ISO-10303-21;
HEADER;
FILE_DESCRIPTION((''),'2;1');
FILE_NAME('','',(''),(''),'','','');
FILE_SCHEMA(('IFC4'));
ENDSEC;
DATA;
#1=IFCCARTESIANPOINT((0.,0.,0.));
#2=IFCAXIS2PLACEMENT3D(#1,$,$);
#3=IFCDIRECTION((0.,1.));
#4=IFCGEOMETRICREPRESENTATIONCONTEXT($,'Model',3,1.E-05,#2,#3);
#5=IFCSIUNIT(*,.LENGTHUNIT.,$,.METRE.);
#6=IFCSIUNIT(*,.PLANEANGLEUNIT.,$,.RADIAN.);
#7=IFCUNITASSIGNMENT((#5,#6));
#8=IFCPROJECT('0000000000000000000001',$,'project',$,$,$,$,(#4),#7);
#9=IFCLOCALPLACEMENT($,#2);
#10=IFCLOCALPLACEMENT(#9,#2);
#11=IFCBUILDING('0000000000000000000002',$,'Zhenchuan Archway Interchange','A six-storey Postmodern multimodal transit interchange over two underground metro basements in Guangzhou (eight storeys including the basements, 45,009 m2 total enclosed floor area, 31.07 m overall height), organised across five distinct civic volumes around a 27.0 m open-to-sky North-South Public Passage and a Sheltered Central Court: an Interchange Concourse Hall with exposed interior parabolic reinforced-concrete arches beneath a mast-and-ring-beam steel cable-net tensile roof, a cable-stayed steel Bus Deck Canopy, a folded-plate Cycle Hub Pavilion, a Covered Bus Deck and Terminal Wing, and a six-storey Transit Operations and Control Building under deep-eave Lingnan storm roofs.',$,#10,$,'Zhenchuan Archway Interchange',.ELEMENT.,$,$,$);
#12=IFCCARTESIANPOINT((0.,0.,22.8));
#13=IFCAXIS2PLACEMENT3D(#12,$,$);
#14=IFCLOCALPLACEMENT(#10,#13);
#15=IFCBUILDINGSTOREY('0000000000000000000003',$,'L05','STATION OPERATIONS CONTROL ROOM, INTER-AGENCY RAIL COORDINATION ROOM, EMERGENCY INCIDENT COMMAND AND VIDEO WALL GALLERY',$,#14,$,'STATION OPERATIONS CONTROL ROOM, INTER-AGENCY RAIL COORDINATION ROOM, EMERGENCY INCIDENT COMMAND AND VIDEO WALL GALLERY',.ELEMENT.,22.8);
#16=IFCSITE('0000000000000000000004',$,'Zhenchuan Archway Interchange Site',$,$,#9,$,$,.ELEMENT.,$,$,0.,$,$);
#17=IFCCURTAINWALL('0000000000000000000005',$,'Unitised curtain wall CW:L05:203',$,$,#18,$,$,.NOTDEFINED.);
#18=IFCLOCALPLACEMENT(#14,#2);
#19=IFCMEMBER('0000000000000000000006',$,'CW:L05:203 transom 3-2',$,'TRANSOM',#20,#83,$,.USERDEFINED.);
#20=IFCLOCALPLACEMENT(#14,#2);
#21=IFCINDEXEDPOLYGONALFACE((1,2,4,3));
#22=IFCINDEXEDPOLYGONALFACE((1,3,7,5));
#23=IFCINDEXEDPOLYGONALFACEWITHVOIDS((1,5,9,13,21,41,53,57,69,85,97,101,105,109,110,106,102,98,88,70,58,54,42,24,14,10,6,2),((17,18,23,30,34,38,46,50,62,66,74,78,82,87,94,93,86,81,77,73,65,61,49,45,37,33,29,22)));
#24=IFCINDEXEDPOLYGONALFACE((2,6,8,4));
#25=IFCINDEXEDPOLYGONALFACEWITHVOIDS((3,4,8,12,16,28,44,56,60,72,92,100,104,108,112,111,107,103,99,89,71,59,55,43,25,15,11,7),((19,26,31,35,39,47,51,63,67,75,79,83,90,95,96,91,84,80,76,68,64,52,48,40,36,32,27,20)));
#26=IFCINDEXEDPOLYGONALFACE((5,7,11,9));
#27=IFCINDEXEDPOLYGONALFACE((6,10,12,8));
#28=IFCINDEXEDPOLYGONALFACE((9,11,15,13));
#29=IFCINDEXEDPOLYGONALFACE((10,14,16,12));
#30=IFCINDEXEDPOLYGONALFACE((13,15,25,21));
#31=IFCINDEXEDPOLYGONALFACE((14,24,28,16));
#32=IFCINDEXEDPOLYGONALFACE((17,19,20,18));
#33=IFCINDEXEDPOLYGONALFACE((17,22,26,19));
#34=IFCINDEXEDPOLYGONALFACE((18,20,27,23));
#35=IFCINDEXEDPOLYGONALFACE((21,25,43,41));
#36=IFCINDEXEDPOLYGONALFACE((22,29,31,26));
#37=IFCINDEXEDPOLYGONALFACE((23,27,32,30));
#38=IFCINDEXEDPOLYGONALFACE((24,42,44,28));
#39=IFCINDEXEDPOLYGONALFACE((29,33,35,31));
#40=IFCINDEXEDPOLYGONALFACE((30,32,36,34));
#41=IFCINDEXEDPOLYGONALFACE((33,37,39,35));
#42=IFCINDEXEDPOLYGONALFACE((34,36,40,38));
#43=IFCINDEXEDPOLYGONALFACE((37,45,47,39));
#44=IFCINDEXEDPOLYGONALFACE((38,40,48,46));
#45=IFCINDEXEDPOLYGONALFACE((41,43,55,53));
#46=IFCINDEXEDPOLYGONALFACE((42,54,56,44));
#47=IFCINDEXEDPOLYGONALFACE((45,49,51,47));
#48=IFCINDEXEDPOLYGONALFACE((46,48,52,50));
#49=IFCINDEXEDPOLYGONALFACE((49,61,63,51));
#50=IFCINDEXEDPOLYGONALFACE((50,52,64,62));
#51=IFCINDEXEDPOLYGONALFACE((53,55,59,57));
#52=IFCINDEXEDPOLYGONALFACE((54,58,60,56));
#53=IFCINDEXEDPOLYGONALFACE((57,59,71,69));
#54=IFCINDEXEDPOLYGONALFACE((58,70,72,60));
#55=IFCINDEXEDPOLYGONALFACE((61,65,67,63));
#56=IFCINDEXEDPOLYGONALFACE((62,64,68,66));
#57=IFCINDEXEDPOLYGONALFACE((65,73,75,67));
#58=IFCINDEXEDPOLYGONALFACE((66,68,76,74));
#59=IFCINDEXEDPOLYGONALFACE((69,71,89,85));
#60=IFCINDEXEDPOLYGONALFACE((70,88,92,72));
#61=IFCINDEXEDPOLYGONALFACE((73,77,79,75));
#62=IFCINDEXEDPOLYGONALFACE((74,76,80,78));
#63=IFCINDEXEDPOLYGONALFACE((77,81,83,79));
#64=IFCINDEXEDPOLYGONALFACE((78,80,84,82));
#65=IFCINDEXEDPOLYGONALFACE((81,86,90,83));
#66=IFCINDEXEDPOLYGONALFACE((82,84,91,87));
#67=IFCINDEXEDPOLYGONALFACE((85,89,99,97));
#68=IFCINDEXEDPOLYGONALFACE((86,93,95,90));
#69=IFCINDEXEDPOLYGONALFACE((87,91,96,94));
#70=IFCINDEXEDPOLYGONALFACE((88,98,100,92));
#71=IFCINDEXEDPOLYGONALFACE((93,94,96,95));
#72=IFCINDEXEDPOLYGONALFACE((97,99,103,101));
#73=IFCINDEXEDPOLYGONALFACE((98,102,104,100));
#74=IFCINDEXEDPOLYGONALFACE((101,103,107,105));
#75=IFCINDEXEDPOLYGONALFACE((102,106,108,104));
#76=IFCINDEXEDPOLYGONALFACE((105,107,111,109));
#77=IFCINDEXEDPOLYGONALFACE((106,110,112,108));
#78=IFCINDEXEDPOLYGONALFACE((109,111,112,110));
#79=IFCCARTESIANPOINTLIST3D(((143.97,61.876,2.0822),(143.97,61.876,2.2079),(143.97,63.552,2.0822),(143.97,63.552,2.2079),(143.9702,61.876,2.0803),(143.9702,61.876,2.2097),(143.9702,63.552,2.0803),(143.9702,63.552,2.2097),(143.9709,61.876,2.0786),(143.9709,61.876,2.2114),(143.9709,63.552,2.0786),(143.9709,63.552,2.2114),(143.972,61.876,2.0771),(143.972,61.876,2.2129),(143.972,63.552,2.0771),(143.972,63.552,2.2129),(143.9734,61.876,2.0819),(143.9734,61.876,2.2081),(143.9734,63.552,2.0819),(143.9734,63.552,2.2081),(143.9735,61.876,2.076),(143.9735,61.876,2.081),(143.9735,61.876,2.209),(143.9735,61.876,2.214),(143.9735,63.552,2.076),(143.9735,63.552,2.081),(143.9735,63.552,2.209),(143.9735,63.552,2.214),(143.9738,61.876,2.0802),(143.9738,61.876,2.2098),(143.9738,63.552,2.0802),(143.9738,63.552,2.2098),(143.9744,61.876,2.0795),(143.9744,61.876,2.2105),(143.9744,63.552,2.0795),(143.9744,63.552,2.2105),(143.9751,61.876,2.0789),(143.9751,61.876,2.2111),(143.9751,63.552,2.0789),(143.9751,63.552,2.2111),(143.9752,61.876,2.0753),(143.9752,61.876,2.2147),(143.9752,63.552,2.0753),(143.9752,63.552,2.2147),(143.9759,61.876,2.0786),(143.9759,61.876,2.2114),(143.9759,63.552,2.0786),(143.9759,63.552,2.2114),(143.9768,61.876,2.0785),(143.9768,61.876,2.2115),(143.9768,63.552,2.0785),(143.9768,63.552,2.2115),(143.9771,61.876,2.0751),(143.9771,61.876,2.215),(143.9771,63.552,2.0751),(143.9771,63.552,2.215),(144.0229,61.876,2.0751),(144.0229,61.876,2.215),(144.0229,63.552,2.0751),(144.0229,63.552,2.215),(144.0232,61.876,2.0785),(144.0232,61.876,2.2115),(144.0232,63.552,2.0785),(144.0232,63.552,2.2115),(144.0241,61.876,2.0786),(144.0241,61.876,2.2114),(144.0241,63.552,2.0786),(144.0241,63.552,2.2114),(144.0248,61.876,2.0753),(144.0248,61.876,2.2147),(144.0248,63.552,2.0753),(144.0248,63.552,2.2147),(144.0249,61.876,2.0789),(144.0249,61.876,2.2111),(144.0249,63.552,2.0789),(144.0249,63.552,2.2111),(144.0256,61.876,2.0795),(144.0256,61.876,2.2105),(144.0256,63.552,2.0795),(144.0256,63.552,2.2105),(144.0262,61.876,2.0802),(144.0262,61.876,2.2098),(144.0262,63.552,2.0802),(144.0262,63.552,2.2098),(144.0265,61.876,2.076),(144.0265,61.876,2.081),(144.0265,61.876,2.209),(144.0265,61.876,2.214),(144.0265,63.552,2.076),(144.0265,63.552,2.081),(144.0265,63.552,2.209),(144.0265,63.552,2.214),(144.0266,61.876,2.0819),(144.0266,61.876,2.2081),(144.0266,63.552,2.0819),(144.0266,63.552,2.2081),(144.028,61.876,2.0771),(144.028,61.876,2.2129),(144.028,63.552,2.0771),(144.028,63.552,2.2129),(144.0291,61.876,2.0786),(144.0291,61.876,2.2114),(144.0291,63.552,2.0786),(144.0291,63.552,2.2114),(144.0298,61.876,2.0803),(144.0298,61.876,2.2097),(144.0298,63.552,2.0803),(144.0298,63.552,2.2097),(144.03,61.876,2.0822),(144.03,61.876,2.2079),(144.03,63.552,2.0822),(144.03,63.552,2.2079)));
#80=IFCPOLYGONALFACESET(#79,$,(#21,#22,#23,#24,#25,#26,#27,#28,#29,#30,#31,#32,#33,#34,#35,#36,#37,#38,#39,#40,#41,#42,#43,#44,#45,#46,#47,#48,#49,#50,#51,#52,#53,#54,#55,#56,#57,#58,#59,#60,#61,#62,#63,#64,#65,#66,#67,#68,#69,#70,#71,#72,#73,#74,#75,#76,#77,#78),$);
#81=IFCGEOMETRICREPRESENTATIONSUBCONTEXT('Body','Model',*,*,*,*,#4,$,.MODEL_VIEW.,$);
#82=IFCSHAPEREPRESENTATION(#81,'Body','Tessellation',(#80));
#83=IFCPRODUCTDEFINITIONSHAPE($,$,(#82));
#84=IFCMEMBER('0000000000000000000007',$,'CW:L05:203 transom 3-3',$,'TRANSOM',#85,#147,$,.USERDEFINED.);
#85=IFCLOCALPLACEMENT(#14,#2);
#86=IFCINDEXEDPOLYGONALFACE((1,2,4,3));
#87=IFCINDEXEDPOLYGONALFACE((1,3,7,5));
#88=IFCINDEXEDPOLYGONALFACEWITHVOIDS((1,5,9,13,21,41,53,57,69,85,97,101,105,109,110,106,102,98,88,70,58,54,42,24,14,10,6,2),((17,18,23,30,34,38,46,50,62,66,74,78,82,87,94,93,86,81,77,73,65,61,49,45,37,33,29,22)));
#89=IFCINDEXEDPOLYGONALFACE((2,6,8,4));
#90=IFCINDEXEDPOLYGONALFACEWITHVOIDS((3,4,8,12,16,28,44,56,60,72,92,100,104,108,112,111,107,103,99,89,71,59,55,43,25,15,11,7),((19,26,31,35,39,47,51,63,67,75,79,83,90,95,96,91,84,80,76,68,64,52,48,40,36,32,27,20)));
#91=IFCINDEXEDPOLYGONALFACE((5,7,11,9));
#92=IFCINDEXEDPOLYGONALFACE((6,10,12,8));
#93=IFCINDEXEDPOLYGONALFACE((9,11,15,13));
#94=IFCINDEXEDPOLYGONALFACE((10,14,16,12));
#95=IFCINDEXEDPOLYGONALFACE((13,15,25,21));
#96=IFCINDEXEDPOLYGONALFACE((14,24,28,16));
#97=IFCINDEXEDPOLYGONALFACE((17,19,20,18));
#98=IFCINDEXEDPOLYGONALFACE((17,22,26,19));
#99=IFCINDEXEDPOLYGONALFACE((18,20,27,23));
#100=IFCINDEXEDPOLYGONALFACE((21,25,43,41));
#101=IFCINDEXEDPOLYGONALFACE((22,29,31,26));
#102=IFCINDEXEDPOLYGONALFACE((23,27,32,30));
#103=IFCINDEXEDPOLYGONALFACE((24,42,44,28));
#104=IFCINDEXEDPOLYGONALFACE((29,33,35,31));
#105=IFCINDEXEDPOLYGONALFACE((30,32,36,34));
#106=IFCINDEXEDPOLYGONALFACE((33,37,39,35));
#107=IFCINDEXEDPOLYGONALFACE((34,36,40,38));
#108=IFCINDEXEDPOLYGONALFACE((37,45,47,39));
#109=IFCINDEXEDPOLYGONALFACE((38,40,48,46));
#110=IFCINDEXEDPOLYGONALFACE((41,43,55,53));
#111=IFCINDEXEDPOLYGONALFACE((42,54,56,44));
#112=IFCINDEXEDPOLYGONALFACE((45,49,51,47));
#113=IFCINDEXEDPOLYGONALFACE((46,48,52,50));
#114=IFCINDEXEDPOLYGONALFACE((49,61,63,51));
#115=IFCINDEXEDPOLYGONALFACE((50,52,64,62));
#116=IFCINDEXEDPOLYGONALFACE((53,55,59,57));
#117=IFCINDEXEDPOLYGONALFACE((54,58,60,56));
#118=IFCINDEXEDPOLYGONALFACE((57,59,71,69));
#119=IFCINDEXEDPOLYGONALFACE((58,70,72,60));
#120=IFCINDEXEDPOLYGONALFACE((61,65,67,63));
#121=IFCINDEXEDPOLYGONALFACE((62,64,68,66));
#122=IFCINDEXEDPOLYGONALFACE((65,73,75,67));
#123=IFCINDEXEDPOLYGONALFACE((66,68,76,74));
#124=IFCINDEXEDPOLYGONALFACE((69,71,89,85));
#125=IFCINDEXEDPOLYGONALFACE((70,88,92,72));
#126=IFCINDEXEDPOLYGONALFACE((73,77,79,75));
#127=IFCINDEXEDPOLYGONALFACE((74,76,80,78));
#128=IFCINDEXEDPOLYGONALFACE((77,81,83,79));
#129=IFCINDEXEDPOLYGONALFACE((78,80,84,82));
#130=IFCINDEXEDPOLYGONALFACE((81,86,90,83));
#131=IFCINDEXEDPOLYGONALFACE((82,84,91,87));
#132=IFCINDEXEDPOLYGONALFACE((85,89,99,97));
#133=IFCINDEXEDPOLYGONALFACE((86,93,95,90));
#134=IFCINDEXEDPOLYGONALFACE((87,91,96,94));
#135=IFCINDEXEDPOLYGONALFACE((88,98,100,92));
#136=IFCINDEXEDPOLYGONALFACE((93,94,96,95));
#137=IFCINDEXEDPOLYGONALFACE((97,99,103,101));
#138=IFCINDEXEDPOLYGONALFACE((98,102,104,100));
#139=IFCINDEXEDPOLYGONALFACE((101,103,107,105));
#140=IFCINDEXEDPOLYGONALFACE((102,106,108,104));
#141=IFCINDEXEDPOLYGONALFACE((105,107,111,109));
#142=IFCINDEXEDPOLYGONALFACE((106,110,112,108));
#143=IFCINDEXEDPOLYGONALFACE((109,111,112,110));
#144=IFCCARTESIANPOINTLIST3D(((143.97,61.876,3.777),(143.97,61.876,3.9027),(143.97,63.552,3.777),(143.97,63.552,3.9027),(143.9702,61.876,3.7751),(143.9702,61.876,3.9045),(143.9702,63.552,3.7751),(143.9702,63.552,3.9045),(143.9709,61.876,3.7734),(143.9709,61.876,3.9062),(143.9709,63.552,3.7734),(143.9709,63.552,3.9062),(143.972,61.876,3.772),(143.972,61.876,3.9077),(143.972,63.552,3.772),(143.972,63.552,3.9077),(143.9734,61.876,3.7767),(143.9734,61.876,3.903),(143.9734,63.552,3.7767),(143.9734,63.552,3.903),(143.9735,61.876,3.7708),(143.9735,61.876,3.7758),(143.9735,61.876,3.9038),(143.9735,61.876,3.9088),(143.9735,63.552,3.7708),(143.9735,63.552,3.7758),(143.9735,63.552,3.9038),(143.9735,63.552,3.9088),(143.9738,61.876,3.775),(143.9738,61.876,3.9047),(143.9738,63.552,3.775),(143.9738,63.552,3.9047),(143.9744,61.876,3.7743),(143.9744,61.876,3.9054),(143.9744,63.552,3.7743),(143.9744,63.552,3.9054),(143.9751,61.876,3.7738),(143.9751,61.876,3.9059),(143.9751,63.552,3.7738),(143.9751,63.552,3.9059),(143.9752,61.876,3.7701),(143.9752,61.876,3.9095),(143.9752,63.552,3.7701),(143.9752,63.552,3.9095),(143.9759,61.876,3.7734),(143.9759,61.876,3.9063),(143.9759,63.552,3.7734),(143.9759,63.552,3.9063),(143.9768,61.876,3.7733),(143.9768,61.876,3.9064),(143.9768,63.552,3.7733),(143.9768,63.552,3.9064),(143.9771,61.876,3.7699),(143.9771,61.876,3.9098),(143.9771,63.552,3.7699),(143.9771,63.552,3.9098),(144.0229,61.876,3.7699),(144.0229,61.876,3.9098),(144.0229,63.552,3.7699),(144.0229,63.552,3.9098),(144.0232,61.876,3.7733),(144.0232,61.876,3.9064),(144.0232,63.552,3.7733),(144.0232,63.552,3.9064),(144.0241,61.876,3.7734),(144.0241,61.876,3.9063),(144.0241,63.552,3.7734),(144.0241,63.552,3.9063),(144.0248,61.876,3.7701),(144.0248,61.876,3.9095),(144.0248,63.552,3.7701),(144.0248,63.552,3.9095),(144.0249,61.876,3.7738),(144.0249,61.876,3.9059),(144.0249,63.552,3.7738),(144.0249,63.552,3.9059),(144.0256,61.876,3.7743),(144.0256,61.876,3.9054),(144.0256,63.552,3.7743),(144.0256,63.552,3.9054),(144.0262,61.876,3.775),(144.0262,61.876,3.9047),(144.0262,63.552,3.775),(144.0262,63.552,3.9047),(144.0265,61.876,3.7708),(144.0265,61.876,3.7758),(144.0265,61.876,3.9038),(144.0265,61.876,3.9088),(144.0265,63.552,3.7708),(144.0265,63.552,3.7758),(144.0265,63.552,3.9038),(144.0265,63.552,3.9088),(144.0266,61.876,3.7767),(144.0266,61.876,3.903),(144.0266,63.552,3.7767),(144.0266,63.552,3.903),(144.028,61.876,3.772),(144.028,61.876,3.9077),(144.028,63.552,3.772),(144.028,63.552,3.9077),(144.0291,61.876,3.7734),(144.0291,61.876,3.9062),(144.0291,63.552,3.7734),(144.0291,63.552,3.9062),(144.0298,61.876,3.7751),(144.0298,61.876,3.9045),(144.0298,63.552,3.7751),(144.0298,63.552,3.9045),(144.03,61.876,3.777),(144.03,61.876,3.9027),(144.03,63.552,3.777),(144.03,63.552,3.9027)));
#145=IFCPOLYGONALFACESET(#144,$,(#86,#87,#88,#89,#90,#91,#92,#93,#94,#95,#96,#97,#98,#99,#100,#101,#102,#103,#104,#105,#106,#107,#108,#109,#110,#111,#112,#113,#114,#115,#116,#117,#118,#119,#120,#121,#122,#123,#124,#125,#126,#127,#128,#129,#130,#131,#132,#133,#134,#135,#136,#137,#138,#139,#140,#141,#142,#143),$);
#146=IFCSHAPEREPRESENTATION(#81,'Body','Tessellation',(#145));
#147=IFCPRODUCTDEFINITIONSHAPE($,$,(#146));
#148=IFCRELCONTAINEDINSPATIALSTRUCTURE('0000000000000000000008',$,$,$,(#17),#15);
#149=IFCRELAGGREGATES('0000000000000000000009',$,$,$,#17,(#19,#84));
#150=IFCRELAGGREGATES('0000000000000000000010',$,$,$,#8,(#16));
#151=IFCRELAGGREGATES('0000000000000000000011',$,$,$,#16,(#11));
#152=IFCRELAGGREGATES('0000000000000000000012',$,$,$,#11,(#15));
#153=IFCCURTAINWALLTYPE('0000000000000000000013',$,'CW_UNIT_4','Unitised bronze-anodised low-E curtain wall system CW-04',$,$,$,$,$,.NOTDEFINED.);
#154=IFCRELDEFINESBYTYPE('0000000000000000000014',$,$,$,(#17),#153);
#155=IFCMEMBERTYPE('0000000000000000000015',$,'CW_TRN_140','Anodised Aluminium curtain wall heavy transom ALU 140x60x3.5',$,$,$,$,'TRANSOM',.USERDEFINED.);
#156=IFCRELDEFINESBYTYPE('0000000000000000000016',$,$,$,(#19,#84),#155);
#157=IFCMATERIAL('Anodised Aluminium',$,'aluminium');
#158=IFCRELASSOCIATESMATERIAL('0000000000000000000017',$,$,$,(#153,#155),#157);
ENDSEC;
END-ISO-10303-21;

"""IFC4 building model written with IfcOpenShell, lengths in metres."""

from ifc_helpers import new_model, si_unit, direction, frame, origin, origin_2d, place, context, subcontext, project, spatial, hollow_rectangle, extrude, material, material_profile, profile_set, type_object, element, aggregate, save


model = new_model("IFC4")

# Units and contexts
model_context = context("Model", 3, precision=1e-05, world=origin(), true_north=direction((0.0, 1.0)))
body_context = subcontext(model_context, "Body", "Model", "MODEL_VIEW")
ifc_project = project(units=[si_unit("LENGTHUNIT", "METRE"), si_unit("PLANEANGLEUNIT", "RADIAN")], contexts=[model_context])

# Site, building, storey
site_placement = place(None, origin())
site = spatial("IfcSite", under=ifc_project, at=site_placement, Name="Zhenchuan Archway Interchange Site", CompositionType="ELEMENT", RefElevation=0.0)
building_placement = place(site_placement, origin())
building = spatial("IfcBuilding", under=site, at=building_placement, Name="Zhenchuan Archway Interchange", Description="A six-storey Postmodern multimodal transit interchange over two underground metro basements in Guangzhou (eight storeys including the basements, 45,009 m2 total enclosed floor area, 31.07 m overall height), organised across five distinct civic volumes around a 27.0 m open-to-sky North-South Public Passage and a Sheltered Central Court: an Interchange Concourse Hall with exposed interior parabolic reinforced-concrete arches beneath a mast-and-ring-beam steel cable-net tensile roof, a cable-stayed steel Bus Deck Canopy, a folded-plate Cycle Hub Pavilion, a Covered Bus Deck and Terminal Wing, and a six-storey Transit Operations and Control Building under deep-eave Lingnan storm roofs.", LongName="Zhenchuan Archway Interchange", CompositionType="ELEMENT")
storey_placement = place(building_placement, frame((0.0, 0.0, 22.8)))
storey = spatial("IfcBuildingStorey", under=building, at=storey_placement, Name="L05", Description="STATION OPERATIONS CONTROL ROOM, INTER-AGENCY RAIL COORDINATION ROOM, EMERGENCY INCIDENT COMMAND AND VIDEO WALL GALLERY", LongName="STATION OPERATIONS CONTROL ROOM, INTER-AGENCY RAIL COORDINATION ROOM, EMERGENCY INCIDENT COMMAND AND VIDEO WALL GALLERY", CompositionType="ELEMENT", Elevation=22.8)

# Curtain wall
ifc_material_1 = material(Name="Anodised Aluminium", Category="aluminium")
curtain_wall_type_1 = type_object("IfcCurtainWallType", Name="CW_UNIT_4", Description="Unitised bronze-anodised low-E curtain wall system CW-04", PredefinedType="NOTDEFINED", material=ifc_material_1)
curtain_wall_1_placement = place(storey_placement, origin())
curtain_wall_1 = element("IfcCurtainWall", 1, at=curtain_wall_1_placement, inside=storey, type_object=curtain_wall_type_1, Name="Unitised curtain wall CW:L05:203", PredefinedType="NOTDEFINED")

# Members
ifc_material_profile_1 = material_profile(ifc_material_1, hollow_rectangle(XDim=0.0601, YDim=0.1399, WallThickness=0.0034, InnerFilletRadius=0.0034, OuterFilletRadius=0.0071, at=origin_2d()), Name="ALU 140x60x3.5")
ifc_profile_set_1 = profile_set([ifc_material_profile_1], Name="Anodised Aluminium")
member_type_1 = type_object("IfcMemberType", Name="CW_TRN_140", Description="Anodised Aluminium curtain wall heavy transom ALU 140x60x3.5", ElementType="TRANSOM", PredefinedType="USERDEFINED", material=ifc_profile_set_1)
member_1_placement = place(storey_placement, frame((144.0, 61.876, 2.145), z_axis=(0.0, 1.0, 0.0), x_axis=(-1.0, 0.0, 0.0)))
member_1 = element("IfcMember", 2, at=member_1_placement, type_object=member_type_1, Name="CW:L05:203 transom 3-2", ObjectType="TRANSOM", PredefinedType="USERDEFINED", context=body_context, shape_type="SweptSolid", body=[
    extrude(hollow_rectangle(XDim=0.0601, YDim=0.1399, WallThickness=0.0034, InnerFilletRadius=0.0034, OuterFilletRadius=0.0071, at=origin_2d()), origin(), (0.0, 0.0, 1.0), 1.676),
])
member_2_placement = place(storey_placement, frame((144.0, 61.876, 3.8398), z_axis=(0.0, 1.0, 0.0), x_axis=(-1.0, 0.0, 0.0)))
member_2 = element("IfcMember", 3, at=member_2_placement, type_object=member_type_1, Name="CW:L05:203 transom 3-3", ObjectType="TRANSOM", PredefinedType="USERDEFINED", context=body_context, shape_type="SweptSolid", body=[
    extrude(hollow_rectangle(XDim=0.0601, YDim=0.1399, WallThickness=0.0034, InnerFilletRadius=0.0034, OuterFilletRadius=0.0071, at=origin_2d()), origin(), (0.0, 0.0, 1.0), 1.676),
])

aggregate(curtain_wall_1, [member_1, member_2])

save(model, "model.ifc")
